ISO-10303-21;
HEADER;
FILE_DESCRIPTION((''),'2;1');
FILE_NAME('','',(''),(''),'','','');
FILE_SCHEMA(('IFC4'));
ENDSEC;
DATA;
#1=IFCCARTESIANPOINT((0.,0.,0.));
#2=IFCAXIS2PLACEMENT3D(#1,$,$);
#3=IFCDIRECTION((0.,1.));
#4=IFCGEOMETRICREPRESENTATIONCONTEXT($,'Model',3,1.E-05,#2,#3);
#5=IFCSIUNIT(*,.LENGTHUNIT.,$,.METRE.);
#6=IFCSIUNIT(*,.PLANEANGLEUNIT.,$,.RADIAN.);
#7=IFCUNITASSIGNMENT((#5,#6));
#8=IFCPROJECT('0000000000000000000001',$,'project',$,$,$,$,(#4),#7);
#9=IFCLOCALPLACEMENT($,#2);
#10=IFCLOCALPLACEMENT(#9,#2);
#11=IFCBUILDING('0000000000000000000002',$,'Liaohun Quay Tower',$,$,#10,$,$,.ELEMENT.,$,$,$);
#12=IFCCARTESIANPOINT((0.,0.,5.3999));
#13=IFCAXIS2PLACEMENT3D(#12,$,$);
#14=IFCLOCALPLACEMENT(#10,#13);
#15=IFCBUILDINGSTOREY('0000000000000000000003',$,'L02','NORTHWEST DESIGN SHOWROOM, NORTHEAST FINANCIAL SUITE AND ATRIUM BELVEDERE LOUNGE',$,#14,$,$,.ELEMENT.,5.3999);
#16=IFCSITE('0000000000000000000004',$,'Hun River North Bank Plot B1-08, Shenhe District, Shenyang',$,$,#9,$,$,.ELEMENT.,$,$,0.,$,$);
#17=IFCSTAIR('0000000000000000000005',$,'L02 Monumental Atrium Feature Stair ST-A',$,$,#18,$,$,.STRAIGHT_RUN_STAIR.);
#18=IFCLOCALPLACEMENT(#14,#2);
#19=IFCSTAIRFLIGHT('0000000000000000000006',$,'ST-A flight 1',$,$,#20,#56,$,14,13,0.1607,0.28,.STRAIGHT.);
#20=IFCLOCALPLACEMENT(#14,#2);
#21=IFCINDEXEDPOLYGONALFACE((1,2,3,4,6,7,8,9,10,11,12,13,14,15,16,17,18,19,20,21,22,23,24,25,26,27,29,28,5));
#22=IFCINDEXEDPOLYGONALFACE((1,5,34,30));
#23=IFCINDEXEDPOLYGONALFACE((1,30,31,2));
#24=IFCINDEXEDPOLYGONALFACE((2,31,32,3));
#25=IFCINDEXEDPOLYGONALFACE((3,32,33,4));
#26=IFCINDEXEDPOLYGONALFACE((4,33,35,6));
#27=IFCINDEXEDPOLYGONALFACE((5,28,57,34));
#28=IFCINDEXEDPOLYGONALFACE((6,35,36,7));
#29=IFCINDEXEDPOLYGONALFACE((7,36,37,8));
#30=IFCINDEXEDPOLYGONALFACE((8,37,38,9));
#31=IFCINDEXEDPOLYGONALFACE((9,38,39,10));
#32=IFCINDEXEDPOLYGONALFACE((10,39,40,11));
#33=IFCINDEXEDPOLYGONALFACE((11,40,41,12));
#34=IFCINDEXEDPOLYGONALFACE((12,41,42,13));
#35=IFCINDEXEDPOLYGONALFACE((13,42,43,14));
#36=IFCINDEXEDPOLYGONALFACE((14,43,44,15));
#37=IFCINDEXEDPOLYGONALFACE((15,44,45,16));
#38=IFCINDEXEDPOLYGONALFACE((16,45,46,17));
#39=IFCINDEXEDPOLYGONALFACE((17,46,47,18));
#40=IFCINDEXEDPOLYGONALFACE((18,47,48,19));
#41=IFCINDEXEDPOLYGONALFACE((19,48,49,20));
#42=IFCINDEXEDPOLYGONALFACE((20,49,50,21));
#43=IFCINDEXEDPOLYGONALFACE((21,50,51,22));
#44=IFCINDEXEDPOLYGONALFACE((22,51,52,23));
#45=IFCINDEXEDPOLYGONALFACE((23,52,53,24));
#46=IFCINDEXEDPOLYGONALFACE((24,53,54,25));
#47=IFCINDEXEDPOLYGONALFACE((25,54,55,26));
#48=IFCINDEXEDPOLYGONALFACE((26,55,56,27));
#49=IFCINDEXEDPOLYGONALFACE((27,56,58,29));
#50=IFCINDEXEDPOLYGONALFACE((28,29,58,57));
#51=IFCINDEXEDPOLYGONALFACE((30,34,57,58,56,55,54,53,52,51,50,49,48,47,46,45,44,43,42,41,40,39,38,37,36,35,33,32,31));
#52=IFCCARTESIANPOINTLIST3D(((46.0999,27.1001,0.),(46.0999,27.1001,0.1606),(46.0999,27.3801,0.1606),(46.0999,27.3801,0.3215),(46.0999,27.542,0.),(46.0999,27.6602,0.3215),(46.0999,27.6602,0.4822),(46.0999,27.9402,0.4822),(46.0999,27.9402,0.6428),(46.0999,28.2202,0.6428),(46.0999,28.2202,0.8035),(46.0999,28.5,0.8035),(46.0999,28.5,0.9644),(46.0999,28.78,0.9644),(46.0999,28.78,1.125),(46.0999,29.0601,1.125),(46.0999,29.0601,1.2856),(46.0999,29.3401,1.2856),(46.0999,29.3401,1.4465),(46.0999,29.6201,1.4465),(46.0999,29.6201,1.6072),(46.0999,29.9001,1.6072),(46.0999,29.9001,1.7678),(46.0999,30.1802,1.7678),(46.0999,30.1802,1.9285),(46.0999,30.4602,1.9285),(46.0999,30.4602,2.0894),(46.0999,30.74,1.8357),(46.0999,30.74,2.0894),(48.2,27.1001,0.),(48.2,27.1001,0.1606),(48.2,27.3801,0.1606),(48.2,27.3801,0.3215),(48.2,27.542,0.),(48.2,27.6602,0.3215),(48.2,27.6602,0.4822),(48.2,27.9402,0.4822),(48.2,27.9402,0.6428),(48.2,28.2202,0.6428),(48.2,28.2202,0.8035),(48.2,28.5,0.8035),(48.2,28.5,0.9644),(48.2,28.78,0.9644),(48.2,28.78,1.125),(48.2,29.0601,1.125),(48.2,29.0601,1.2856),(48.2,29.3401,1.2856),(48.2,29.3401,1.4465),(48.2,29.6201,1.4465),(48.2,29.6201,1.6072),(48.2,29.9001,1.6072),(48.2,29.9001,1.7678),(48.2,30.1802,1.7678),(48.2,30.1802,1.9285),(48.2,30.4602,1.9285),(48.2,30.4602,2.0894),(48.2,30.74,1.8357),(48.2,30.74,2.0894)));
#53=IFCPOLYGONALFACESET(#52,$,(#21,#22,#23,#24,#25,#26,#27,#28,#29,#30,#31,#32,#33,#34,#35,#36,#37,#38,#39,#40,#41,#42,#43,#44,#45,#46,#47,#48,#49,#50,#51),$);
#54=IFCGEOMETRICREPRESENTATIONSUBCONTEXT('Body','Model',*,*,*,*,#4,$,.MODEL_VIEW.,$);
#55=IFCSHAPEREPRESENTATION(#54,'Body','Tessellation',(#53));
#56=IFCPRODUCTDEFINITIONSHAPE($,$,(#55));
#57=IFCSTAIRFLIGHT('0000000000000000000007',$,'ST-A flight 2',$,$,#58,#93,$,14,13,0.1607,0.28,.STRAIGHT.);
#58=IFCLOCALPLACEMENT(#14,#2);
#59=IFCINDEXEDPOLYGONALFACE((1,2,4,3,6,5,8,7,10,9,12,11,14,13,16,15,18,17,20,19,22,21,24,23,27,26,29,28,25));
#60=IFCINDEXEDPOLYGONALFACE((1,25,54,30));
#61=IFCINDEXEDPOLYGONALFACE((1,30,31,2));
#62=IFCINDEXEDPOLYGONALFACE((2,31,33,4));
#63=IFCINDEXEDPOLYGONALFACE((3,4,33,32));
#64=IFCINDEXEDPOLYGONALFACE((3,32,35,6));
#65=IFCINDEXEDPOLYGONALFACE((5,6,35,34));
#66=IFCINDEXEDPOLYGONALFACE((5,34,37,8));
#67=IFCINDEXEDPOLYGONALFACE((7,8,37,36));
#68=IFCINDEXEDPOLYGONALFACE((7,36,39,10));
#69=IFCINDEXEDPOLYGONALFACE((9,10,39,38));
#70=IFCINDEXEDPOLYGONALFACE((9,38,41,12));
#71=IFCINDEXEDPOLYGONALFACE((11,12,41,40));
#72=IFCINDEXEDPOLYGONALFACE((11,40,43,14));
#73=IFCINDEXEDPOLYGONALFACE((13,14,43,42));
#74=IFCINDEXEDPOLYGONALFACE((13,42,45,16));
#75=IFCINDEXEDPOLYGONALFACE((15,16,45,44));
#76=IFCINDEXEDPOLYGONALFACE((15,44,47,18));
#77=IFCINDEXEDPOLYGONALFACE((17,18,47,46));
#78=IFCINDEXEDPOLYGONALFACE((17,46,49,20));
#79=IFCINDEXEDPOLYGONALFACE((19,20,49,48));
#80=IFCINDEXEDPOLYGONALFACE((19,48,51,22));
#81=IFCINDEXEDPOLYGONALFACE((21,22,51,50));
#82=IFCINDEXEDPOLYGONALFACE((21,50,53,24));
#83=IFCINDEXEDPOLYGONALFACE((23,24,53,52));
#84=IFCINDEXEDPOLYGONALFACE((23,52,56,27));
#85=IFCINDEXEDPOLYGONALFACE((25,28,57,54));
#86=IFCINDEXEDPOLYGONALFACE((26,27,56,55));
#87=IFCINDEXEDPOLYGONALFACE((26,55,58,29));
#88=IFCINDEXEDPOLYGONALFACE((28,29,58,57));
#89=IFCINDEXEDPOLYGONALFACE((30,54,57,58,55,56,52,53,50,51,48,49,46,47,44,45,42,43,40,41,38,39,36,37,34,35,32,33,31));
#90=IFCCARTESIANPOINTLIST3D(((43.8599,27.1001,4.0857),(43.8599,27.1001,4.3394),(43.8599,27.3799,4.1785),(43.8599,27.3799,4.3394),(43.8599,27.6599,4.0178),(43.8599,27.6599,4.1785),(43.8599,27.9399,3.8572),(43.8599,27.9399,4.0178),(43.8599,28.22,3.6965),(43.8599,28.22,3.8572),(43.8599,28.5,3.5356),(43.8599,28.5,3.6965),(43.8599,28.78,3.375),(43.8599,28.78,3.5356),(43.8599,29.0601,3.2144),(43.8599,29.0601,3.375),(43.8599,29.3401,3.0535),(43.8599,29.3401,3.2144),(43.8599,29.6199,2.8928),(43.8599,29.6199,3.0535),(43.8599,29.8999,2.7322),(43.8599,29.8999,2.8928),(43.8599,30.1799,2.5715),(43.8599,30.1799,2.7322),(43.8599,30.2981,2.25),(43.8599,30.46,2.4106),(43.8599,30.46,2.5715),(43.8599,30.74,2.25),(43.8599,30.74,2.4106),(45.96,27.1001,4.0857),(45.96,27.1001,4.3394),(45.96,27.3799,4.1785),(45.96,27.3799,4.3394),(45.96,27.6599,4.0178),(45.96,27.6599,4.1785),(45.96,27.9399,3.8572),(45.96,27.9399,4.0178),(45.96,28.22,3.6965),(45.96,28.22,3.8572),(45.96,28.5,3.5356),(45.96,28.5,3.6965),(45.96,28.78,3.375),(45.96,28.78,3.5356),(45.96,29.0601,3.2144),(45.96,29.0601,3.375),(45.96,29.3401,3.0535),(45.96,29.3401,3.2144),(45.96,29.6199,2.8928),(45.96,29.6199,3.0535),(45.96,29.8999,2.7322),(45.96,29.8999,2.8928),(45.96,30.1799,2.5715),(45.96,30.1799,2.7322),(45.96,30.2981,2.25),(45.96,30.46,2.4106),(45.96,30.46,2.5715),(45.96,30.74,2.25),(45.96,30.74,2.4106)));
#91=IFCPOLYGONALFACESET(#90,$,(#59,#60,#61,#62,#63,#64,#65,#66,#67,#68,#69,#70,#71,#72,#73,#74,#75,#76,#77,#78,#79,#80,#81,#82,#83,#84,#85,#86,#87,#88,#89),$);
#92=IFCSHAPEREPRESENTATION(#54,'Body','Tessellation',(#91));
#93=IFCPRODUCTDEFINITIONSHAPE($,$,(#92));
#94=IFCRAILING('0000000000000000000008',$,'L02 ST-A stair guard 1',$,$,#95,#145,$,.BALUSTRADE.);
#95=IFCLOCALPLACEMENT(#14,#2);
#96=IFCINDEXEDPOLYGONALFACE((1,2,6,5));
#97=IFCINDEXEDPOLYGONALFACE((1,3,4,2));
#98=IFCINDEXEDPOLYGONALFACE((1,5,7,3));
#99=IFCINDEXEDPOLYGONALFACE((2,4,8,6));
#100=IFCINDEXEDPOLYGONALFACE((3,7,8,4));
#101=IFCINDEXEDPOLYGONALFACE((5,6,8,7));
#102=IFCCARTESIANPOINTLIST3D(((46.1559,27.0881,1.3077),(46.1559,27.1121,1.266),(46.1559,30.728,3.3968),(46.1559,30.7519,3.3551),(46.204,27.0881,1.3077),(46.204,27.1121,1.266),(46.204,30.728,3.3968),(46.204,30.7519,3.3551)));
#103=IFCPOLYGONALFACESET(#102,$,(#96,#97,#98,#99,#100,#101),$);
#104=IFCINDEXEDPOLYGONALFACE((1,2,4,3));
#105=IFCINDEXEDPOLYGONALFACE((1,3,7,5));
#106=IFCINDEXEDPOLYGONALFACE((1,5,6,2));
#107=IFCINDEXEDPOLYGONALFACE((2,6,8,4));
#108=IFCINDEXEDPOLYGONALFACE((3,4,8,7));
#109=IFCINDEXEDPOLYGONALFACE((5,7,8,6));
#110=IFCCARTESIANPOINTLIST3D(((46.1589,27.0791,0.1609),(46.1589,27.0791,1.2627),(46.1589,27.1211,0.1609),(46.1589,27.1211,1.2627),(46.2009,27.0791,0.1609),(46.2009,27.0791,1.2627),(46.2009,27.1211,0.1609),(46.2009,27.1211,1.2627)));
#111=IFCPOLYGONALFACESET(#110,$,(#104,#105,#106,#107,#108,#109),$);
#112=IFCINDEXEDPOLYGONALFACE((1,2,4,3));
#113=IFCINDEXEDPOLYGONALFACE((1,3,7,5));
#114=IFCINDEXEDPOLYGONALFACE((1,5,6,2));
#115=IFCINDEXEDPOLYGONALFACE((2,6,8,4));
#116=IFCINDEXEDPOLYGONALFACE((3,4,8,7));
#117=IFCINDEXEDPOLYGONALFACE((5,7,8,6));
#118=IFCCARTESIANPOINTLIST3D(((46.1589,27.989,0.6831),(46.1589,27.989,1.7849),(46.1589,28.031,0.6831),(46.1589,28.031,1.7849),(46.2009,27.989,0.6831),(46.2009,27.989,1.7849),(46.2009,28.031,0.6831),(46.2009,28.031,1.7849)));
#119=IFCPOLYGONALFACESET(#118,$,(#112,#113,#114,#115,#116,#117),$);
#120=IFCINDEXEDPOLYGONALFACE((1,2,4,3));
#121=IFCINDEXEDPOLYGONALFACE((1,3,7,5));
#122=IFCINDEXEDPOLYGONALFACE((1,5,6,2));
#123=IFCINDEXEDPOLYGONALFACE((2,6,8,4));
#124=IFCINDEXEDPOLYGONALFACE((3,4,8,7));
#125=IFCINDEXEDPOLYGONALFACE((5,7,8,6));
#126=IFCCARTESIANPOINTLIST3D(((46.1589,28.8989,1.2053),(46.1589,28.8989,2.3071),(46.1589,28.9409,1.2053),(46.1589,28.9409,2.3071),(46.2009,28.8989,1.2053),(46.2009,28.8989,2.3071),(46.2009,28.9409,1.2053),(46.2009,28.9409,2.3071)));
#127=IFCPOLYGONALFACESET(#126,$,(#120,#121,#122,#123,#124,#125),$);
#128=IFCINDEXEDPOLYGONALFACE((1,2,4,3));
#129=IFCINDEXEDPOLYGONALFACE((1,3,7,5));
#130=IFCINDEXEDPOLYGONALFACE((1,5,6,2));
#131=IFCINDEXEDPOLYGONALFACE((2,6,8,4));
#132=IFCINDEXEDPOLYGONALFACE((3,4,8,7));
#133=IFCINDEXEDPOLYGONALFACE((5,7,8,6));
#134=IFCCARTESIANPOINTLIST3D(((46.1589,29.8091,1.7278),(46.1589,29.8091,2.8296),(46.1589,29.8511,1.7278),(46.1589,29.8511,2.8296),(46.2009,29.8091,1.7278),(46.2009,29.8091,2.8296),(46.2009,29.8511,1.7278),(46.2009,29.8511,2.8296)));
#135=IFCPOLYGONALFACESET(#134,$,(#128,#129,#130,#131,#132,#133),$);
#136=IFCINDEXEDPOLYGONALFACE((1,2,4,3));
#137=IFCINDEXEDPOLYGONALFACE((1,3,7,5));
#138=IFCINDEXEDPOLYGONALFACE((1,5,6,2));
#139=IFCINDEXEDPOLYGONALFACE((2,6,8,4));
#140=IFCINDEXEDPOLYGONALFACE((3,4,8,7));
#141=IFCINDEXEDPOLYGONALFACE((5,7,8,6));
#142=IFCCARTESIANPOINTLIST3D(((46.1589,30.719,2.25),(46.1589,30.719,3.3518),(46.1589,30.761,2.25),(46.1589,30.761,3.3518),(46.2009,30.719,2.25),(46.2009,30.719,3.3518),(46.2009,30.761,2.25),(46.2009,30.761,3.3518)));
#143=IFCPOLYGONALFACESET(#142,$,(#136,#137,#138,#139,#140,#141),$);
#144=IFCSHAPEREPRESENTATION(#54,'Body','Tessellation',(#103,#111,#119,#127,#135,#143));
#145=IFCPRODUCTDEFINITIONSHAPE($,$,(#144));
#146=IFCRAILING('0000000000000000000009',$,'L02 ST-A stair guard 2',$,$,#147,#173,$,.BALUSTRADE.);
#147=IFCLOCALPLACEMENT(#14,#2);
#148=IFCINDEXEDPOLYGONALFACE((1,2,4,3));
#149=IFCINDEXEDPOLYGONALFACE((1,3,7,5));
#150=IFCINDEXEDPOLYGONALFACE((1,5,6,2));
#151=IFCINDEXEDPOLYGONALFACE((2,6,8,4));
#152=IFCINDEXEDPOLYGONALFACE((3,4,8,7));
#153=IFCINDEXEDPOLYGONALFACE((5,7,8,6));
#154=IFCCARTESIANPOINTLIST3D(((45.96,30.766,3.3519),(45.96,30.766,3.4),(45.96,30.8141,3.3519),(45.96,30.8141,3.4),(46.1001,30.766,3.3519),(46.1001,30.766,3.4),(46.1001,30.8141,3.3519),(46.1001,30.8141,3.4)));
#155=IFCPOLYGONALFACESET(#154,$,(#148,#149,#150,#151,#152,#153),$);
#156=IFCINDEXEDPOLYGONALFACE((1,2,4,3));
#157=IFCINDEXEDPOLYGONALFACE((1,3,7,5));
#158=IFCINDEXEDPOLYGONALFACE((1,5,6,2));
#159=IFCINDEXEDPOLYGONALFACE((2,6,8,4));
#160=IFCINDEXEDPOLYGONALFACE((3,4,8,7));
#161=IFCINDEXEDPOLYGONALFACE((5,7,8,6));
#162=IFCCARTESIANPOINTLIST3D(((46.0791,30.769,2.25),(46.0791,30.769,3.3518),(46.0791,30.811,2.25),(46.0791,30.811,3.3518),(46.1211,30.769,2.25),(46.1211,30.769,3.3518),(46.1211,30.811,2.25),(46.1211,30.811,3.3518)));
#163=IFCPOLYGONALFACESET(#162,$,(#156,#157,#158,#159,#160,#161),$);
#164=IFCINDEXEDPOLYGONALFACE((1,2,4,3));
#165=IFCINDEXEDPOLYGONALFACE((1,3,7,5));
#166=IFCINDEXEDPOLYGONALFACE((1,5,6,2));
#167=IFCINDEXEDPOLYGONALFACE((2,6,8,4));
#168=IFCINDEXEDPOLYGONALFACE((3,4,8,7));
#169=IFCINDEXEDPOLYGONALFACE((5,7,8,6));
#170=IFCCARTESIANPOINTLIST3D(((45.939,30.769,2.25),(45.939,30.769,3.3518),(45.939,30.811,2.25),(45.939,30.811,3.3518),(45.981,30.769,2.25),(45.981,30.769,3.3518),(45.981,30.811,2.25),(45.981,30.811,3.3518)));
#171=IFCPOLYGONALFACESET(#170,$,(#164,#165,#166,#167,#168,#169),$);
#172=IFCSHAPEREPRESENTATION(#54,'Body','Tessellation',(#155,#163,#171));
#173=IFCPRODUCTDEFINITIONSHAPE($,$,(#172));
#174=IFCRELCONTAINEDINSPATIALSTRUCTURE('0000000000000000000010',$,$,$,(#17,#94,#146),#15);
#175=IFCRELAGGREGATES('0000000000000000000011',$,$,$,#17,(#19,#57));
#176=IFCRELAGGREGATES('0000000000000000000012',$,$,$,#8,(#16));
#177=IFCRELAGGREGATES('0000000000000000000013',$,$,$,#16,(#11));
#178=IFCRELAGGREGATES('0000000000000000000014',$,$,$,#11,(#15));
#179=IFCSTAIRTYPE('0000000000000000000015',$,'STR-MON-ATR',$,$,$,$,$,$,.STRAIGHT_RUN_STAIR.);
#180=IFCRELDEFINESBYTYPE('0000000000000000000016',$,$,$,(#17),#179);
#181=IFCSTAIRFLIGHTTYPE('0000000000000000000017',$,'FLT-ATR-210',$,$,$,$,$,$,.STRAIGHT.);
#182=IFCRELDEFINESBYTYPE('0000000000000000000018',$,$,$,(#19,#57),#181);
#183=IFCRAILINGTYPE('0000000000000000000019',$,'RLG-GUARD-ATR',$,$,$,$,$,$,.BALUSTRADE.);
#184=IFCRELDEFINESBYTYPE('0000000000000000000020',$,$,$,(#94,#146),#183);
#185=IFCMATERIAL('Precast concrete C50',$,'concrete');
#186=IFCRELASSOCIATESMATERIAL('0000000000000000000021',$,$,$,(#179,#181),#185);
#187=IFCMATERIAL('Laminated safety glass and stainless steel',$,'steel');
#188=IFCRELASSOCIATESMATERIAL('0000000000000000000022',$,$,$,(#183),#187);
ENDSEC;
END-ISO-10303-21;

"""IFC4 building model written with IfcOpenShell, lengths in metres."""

from ifc_helpers import new_model, si_unit, direction, frame, origin, origin_2d, place, context, subcontext, project, spatial, polyline, rectangle, outline, extrude, material, type_object, element, aggregate, save


model = new_model("IFC4")

# Units and contexts
model_context = context("Model", 3, precision=1e-05, world=origin(), true_north=direction((0.0, 1.0)))
body_context = subcontext(model_context, "Body", "Model", "MODEL_VIEW")
ifc_project = project(units=[si_unit("LENGTHUNIT", "METRE"), si_unit("PLANEANGLEUNIT", "RADIAN")], contexts=[model_context])

# Site, building, storey
site_placement = place(None, origin())
site = spatial("IfcSite", under=ifc_project, at=site_placement, Name="Hun River North Bank Plot B1-08, Shenhe District, Shenyang", CompositionType="ELEMENT", RefElevation=0.0)
building_placement = place(site_placement, origin())
building = spatial("IfcBuilding", under=site, at=building_placement, Name="Liaohun Quay Tower", CompositionType="ELEMENT")
storey_placement = place(building_placement, frame((0.0, 0.0, 5.3999)))
storey = spatial("IfcBuildingStorey", under=building, at=storey_placement, Name="L02", Description="NORTHWEST DESIGN SHOWROOM, NORTHEAST FINANCIAL SUITE AND ATRIUM BELVEDERE LOUNGE", CompositionType="ELEMENT", Elevation=5.3999)

# Stair, stair flights
ifc_material_1 = material(Name="Precast concrete C50", Category="concrete")
stair_type = type_object("IfcStairType", Name="STR-MON-ATR", PredefinedType="STRAIGHT_RUN_STAIR", material=ifc_material_1)
stair_placement = place(storey_placement, origin())
stair = element("IfcStair", 1, at=stair_placement, inside=storey, type_object=stair_type, Name="L02 Monumental Atrium Feature Stair ST-A", PredefinedType="STRAIGHT_RUN_STAIR")
stair_flight_type = type_object("IfcStairFlightType", Name="FLT-ATR-210", PredefinedType="STRAIGHT", material=ifc_material_1)
stair_flight_1_placement = place(storey_placement, frame((47.1499, 27.1001, 0.0), z_axis=(0.0, 0.0, 1.0), x_axis=(0.0, 1.0, 0.0)))
stair_flight_1 = element("IfcStairFlight", 2, at=stair_flight_1_placement, type_object=stair_flight_type, Name="ST-A flight 1", NumberOfRisers=14, NumberOfTreads=13, PredefinedType="STRAIGHT", RiserHeight=0.1607, TreadLength=0.28, context=body_context, shape_type="SweptSolid", body=[
    extrude(outline(polyline([(0.0, 0.0), (0.0, 0.1606), (0.28, 0.1606), (0.28, 0.3215), (0.5601, 0.3215), (0.5601, 0.4822), (0.8401, 0.4822), (0.8401, 0.6428), (1.1201, 0.6428), (1.1201, 0.8035), (1.3999, 0.8035), (1.3999, 0.9644), (1.6799, 0.9644), (1.6799, 1.125), (1.96, 1.125), (1.96, 1.2856), (2.24, 1.2856), (2.24, 1.4465), (2.52, 1.4465), (2.52, 1.6072), (2.8, 1.6072), (2.8, 1.7678), (3.0801, 1.7678), (3.0801, 1.9285), (3.3601, 1.9285), (3.3601, 2.0894), (3.6399, 2.0894), (3.6399, 2.25), (3.6399, 1.8357), (0.4419, 0.0), (0.0, 0.0)])), frame((0.0, 1.05, 0.0), z_axis=(0.0, -1.0, 0.0), x_axis=(1.0, 0.0, 0.0)), (0.0, 0.0, 1.0), 2.1001),
])
stair_flight_2_placement = place(storey_placement, frame((44.9099, 30.74, 2.25), z_axis=(0.0, 0.0, 1.0), x_axis=(0.0, -1.0, 0.0)))
stair_flight_2 = element("IfcStairFlight", 3, at=stair_flight_2_placement, type_object=stair_flight_type, Name="ST-A flight 2", NumberOfRisers=14, NumberOfTreads=13, PredefinedType="STRAIGHT", RiserHeight=0.1607, TreadLength=0.28, context=body_context, shape_type="SweptSolid", body=[
    extrude(outline(polyline([(0.0, 0.0), (0.0, 0.1606), (0.28, 0.1606), (0.28, 0.3215), (0.5601, 0.3215), (0.5601, 0.4822), (0.8401, 0.4822), (0.8401, 0.6428), (1.1201, 0.6428), (1.1201, 0.8035), (1.3999, 0.8035), (1.3999, 0.9644), (1.6799, 0.9644), (1.6799, 1.125), (1.96, 1.125), (1.96, 1.2856), (2.24, 1.2856), (2.24, 1.4465), (2.52, 1.4465), (2.52, 1.6072), (2.8, 1.6072), (2.8, 1.7678), (3.0801, 1.7678), (3.0801, 1.9285), (3.3601, 1.9285), (3.3601, 2.0894), (3.6399, 2.0894), (3.6399, 2.25), (3.6399, 1.8357), (0.4419, 0.0), (0.0, 0.0)])), frame((0.0, 1.05, 0.0), z_axis=(0.0, -1.0, 0.0), x_axis=(1.0, 0.0, 0.0)), (0.0, 0.0, 1.0), 2.1001),
])
aggregate(stair, [stair_flight_1, stair_flight_2])

# Railings
ifc_material_2 = material(Name="Laminated safety glass and stainless steel", Category="steel")
railing_type_1 = type_object("IfcRailingType", Name="RLG-GUARD-ATR", PredefinedType="BALUSTRADE", material=ifc_material_2)
railing_1_placement = place(storey_placement, frame((46.1799, 27.1001, 0.1609)))
element("IfcRailing", 4, at=railing_1_placement, inside=storey, type_object=railing_type_1, Name="L02 ST-A stair guard 1", PredefinedType="BALUSTRADE", context=body_context, shape_type="SweptSolid", body=[
    extrude(rectangle(XDim=0.0481, YDim=0.0481, at=origin_2d()), frame((0.0, 0.0, 1.126), z_axis=(0.0, 0.8673, 0.497786), x_axis=(-1.0, 0.0, 0.0)), (0.0, 0.0, 1.0), 4.1968),
    extrude(rectangle(XDim=0.042, YDim=0.042, at=origin_2d()), origin(), (0.0, 0.0, 1.0), 1.1018),
    extrude(rectangle(XDim=0.042, YDim=0.042, at=origin_2d()), frame((0.0, 0.9099, 0.5222)), (0.0, 0.0, 1.0), 1.1018),
    extrude(rectangle(XDim=0.042, YDim=0.042, at=origin_2d()), frame((0.0, 1.8198, 1.0444)), (0.0, 0.0, 1.0), 1.1018),
    extrude(rectangle(XDim=0.042, YDim=0.042, at=origin_2d()), frame((0.0, 2.73, 1.5669)), (0.0, 0.0, 1.0), 1.1018),
    extrude(rectangle(XDim=0.042, YDim=0.042, at=origin_2d()), frame((0.0, 3.6399, 2.0891)), (0.0, 0.0, 1.0), 1.1018),
])
railing_2_placement = place(storey_placement, frame((46.1001, 30.79, 2.25)))
element("IfcRailing", 5, at=railing_2_placement, inside=storey, type_object=railing_type_1, Name="L02 ST-A stair guard 2", PredefinedType="BALUSTRADE", context=body_context, shape_type="SweptSolid", body=[
    extrude(rectangle(XDim=0.0481, YDim=0.0481, at=origin_2d()), frame((0.0, 0.0, 1.126), z_axis=(-1.0, 0.0, 0.0), x_axis=(0.0, -1.0, 0.0)), (0.0, 0.0, 1.0), 0.1401),
    extrude(rectangle(XDim=0.042, YDim=0.042, at=origin_2d()), origin(), (0.0, 0.0, 1.0), 1.1018),
    extrude(rectangle(XDim=0.042, YDim=0.042, at=origin_2d()), frame((-0.1401, 0.0, 0.0)), (0.0, 0.0, 1.0), 1.1018),
])

save(model, "model.ifc")
